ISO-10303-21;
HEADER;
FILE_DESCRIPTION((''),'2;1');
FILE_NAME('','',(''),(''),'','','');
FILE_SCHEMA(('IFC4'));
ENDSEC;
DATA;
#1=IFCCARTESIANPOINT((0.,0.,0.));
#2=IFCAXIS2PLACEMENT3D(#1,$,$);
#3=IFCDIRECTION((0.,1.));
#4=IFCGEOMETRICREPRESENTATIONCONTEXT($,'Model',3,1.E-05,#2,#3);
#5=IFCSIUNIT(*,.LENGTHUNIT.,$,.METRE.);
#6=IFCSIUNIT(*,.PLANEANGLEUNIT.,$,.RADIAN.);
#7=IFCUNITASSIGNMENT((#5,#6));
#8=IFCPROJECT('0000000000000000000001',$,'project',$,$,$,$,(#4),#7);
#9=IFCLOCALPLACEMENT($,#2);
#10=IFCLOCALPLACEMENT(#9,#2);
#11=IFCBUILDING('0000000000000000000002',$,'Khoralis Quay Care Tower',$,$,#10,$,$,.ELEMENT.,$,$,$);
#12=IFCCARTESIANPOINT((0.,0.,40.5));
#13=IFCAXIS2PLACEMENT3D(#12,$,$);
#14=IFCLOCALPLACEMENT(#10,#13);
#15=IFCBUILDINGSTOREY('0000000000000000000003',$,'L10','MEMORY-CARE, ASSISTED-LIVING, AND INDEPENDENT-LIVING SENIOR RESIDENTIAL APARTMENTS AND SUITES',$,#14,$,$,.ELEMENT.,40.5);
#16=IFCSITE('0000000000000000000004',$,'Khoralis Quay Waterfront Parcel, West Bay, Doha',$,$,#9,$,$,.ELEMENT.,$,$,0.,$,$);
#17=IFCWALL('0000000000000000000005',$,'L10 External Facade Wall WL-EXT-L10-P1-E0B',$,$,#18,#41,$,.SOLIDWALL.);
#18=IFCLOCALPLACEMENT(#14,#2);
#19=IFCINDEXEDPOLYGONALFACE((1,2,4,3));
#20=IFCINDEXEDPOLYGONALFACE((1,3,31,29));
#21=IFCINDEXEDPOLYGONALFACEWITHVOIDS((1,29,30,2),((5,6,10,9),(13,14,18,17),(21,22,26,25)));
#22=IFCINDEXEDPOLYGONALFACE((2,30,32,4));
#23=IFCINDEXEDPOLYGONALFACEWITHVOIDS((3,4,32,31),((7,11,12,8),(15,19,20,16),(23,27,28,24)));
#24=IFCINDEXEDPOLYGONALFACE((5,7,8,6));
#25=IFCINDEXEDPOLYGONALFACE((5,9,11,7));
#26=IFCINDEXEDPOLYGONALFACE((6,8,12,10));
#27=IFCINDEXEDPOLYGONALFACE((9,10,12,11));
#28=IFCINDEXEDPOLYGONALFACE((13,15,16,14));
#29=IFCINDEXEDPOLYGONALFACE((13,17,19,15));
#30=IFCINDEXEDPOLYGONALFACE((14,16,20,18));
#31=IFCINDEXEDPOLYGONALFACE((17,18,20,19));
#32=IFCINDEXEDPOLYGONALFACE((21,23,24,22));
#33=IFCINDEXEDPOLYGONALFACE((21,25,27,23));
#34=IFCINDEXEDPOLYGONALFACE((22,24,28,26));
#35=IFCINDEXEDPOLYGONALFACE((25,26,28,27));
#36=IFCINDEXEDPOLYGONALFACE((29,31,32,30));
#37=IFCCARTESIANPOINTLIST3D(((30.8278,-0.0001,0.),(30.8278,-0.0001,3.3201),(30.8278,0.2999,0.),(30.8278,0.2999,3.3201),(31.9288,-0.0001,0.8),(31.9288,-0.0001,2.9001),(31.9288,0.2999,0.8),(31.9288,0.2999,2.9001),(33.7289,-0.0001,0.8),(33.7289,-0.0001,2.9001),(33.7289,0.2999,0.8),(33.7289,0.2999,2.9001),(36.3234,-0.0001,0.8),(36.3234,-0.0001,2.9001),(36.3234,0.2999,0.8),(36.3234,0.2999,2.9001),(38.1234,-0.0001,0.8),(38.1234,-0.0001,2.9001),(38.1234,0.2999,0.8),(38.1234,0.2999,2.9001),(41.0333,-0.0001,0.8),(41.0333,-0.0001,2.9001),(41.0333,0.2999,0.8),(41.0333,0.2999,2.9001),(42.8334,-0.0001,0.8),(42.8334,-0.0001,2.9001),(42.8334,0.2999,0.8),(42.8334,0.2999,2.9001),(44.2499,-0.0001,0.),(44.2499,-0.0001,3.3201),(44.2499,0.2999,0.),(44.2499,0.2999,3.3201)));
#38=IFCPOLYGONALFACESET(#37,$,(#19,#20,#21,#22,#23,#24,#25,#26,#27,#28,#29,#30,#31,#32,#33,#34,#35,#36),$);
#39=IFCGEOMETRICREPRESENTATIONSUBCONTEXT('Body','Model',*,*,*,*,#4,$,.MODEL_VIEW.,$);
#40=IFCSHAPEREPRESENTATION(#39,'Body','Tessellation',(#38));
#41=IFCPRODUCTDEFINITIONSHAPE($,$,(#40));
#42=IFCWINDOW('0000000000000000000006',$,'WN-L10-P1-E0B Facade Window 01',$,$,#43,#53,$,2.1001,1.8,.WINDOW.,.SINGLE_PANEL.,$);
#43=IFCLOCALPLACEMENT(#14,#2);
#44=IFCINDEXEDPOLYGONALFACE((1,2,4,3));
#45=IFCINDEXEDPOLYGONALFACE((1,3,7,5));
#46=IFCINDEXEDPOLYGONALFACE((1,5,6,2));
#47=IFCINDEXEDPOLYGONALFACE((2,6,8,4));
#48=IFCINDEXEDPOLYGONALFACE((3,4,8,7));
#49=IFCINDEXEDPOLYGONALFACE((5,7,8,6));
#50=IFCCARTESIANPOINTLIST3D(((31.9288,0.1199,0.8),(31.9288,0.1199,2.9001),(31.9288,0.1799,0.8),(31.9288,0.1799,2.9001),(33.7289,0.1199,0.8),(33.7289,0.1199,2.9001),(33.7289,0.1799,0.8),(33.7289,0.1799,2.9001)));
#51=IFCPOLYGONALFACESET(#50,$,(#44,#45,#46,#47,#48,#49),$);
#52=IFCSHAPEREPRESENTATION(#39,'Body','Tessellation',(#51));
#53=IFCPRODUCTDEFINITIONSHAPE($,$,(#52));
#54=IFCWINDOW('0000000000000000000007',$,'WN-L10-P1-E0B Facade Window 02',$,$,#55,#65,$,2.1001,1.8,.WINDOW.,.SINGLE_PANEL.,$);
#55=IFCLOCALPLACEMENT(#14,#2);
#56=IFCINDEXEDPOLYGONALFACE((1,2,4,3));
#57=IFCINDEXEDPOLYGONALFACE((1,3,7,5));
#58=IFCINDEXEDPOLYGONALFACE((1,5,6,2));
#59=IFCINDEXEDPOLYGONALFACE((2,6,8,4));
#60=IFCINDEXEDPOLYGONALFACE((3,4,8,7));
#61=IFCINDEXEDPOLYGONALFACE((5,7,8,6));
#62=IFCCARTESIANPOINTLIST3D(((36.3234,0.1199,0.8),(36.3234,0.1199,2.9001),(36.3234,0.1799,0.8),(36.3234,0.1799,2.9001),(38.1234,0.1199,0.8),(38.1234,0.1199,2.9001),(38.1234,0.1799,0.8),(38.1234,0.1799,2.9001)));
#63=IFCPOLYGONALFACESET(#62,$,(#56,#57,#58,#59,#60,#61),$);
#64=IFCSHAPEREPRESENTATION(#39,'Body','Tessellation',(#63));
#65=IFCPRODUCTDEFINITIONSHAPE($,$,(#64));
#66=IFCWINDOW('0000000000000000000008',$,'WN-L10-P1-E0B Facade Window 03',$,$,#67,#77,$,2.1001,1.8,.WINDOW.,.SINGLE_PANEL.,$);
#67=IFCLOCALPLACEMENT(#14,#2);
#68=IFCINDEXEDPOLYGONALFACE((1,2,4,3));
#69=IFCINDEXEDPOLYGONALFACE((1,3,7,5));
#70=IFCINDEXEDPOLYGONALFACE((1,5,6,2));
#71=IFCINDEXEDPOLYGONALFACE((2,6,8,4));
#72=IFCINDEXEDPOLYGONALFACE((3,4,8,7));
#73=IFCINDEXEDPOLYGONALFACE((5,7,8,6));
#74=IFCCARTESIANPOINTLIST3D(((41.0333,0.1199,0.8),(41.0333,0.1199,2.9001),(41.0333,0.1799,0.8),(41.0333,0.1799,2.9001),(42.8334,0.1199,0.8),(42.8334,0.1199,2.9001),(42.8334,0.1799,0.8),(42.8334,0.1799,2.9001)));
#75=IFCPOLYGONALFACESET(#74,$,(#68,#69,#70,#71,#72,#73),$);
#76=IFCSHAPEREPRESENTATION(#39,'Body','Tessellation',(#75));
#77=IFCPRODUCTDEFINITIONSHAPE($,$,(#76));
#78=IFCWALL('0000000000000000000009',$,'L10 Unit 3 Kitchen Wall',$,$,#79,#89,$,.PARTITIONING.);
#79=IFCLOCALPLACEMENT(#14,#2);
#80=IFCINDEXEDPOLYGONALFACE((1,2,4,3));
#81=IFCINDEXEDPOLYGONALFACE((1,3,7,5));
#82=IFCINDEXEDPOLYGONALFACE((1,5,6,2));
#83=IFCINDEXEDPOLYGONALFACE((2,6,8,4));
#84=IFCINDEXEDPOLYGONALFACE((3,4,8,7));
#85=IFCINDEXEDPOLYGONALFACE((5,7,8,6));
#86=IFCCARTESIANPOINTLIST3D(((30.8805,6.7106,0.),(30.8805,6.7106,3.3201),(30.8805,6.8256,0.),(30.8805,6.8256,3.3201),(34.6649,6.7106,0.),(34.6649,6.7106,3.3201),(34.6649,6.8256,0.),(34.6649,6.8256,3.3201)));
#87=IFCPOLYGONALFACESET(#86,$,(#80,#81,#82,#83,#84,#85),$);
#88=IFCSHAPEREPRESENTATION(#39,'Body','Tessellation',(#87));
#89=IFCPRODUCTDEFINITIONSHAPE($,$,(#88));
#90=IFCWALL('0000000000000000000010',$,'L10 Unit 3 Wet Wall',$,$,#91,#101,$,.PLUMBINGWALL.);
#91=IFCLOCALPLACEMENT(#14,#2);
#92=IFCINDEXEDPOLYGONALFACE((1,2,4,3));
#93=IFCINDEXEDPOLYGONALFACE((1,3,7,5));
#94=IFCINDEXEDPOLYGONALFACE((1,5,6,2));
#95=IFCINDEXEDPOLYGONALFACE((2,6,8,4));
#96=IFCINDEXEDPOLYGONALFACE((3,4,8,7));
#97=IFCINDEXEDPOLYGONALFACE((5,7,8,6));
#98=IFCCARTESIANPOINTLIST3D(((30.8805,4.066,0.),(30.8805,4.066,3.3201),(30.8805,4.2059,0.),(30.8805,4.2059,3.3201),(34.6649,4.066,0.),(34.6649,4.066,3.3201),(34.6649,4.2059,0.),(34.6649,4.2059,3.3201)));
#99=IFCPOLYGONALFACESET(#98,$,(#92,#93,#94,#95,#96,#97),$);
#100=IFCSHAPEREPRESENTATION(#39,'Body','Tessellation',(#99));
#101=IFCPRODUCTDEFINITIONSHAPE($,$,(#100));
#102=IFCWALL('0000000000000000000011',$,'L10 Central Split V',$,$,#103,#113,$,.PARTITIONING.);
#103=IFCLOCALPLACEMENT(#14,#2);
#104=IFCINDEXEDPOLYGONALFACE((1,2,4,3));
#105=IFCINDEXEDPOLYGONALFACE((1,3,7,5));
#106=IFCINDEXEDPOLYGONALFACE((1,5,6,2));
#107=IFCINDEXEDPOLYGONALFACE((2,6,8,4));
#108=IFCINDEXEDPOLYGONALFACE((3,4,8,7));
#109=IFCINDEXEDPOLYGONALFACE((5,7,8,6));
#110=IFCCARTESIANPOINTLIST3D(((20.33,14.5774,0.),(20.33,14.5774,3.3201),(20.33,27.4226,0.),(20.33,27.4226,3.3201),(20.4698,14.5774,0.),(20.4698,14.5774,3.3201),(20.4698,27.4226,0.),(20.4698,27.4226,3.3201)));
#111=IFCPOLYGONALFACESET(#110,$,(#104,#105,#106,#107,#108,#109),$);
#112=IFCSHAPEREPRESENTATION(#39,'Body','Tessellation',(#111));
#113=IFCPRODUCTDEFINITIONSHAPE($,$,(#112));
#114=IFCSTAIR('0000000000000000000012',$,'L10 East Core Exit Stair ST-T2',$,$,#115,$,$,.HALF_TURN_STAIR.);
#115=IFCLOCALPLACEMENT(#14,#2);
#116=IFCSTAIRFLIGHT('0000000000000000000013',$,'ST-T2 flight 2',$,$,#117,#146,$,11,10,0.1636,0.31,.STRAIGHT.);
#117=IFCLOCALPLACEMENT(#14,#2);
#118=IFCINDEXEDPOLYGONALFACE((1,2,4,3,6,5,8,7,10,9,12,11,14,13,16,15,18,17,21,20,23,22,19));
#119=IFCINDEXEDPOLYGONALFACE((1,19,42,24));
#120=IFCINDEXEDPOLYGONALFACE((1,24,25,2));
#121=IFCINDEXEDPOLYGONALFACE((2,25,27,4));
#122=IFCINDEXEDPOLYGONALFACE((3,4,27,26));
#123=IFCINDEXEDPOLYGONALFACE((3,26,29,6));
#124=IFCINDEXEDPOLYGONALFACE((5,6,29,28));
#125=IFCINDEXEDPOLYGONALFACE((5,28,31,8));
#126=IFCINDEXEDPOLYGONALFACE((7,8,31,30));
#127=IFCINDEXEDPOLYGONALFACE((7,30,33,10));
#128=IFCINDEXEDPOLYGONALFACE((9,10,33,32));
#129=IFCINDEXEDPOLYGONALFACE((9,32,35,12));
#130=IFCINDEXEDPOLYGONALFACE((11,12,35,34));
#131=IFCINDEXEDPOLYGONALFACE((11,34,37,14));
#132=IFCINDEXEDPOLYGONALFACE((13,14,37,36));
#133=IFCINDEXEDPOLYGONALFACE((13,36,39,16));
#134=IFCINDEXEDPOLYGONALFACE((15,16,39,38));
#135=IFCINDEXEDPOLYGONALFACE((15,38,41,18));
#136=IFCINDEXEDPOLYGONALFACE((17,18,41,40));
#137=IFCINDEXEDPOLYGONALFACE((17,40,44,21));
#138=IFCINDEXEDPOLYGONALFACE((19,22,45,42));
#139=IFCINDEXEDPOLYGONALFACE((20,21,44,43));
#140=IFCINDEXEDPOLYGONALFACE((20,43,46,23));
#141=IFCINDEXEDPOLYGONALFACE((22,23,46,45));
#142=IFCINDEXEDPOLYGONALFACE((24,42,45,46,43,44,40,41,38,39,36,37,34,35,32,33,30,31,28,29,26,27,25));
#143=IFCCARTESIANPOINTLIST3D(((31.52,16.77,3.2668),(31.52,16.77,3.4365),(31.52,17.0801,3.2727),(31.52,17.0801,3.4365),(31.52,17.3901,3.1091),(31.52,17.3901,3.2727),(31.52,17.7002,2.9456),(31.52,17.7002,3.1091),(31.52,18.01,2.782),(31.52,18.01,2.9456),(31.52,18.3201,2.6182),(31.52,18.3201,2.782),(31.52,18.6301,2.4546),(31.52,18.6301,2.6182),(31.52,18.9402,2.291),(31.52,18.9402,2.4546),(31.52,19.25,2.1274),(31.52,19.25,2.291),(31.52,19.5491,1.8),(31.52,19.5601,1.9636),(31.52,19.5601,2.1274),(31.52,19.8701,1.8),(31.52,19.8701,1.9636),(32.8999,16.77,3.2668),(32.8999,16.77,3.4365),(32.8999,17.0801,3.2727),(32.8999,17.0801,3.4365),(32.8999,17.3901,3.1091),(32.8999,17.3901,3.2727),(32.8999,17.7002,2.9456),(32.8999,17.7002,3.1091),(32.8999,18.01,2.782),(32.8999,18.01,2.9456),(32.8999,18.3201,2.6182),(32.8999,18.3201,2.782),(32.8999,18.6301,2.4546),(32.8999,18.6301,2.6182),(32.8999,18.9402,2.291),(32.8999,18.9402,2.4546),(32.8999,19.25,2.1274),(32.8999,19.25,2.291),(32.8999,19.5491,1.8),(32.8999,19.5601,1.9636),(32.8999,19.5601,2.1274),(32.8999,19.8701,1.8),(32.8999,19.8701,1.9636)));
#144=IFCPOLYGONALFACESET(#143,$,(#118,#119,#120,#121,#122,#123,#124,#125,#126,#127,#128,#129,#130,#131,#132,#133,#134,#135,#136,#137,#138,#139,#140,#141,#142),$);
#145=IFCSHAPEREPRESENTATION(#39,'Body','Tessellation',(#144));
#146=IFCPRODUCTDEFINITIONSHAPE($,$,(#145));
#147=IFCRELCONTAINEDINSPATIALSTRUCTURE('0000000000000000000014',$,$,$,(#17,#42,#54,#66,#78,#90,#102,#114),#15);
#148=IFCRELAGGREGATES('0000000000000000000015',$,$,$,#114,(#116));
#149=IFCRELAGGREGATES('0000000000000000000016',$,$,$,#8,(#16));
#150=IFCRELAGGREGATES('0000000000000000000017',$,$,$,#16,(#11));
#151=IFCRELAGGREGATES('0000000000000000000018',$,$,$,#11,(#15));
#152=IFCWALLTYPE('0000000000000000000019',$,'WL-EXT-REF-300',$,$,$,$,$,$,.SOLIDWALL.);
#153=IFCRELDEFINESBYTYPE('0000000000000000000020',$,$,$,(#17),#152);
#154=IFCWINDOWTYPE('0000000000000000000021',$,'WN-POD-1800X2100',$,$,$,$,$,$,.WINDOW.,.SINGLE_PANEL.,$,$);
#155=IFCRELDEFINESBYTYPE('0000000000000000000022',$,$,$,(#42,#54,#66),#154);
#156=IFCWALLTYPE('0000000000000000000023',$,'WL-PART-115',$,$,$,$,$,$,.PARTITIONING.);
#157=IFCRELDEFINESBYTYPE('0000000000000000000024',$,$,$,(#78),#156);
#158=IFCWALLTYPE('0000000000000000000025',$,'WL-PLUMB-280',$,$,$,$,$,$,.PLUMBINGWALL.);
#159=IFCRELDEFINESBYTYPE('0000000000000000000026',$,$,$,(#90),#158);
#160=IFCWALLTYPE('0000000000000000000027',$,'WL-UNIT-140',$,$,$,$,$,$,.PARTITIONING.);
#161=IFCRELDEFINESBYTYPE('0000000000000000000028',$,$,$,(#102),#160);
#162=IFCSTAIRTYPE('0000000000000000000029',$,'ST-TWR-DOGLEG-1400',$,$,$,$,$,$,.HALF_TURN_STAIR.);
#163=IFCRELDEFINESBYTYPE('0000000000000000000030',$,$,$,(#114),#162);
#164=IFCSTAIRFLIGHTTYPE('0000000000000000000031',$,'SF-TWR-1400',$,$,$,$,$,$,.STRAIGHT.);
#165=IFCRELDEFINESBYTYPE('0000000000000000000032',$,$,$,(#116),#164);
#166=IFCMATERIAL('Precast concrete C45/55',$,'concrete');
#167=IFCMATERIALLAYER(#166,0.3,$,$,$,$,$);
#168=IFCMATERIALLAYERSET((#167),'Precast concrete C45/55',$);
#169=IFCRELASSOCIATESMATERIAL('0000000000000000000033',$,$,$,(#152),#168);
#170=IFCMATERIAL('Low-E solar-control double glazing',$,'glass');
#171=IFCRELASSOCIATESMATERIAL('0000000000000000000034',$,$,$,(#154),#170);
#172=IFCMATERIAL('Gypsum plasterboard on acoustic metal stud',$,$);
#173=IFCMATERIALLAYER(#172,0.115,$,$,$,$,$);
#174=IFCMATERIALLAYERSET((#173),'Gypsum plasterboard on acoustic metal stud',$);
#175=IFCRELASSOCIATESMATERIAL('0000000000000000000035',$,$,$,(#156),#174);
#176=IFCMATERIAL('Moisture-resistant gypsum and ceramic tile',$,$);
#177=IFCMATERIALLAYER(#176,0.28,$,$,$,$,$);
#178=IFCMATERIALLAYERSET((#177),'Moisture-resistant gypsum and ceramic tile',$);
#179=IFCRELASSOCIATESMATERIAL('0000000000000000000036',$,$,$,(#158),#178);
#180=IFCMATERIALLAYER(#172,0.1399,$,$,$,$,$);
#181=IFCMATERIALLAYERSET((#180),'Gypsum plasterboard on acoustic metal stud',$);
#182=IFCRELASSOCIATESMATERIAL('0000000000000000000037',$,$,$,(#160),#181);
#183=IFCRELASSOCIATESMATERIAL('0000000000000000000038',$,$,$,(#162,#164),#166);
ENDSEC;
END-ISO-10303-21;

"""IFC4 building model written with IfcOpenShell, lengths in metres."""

from ifc_helpers import new_model, si_unit, direction, frame, frame_2d, origin, place, context, subcontext, project, spatial, polyline, rectangle, outline, extrude, source, transform, mapped, material, layer, layer_set, type_object, element, fill, aggregate, save


model = new_model("IFC4")

# Units and contexts
model_context = context("Model", 3, precision=1e-05, world=origin(), true_north=direction((0.0, 1.0)))
body_context = subcontext(model_context, "Body", "Model", "MODEL_VIEW")
ifc_project = project(units=[si_unit("LENGTHUNIT", "METRE"), si_unit("PLANEANGLEUNIT", "RADIAN")], contexts=[model_context])

# Site, building, storey
site_placement = place(None, origin())
site = spatial("IfcSite", under=ifc_project, at=site_placement, Name="Khoralis Quay Waterfront Parcel, West Bay, Doha", CompositionType="ELEMENT", RefElevation=0.0)
building_placement = place(site_placement, origin())
building = spatial("IfcBuilding", under=site, at=building_placement, Name="Khoralis Quay Care Tower", CompositionType="ELEMENT")
storey_placement = place(building_placement, frame((0.0, 0.0, 40.5)))
storey = spatial("IfcBuildingStorey", under=building, at=storey_placement, Name="L10", Description="MEMORY-CARE, ASSISTED-LIVING, AND INDEPENDENT-LIVING SENIOR RESIDENTIAL APARTMENTS AND SUITES", CompositionType="ELEMENT", Elevation=40.5)

# Shared definitions
ifc_material_1 = material(Name="Low-E solar-control double glazing", Category="glass")

# Shared definitions
ifc_material_2 = material(Name="Gypsum plasterboard on acoustic metal stud")

# Wall, openings, windows
ifc_material_3 = material(Name="Precast concrete C45/55", Category="concrete")
ifc_layer_1 = layer(ifc_material_3, 0.3)
ifc_layer_set_1 = layer_set([ifc_layer_1], Name="Precast concrete C45/55")
wall_type_1 = type_object("IfcWallType", Name="WL-EXT-REF-300", PredefinedType="SOLIDWALL", material=ifc_layer_set_1)
wall_1_placement = place(storey_placement, frame((30.8279, 0.1499, 0.0), z_axis=(0.0, 0.0, 1.0), x_axis=(1.0, 0.0, 0.0)))
wall_1 = element("IfcWall", 1, at=wall_1_placement, inside=storey, type_object=wall_type_1, Name="L10 External Facade Wall WL-EXT-L10-P1-E0B", PredefinedType="SOLIDWALL", context=body_context, shape_type="SweptSolid", body=[
    extrude(rectangle(XDim=13.4221, YDim=0.3, at=frame_2d((6.7109, 0.0))), origin(), (0.0, 0.0, 1.0), 3.3201),
])
opening_1_placement = place(wall_1_placement, frame((1.1011, 0.0, 0.8)))
opening_1 = element("IfcOpeningElement", 2, at=opening_1_placement, cuts=wall_1, PredefinedType="OPENING", context=body_context, shape_type="SweptSolid", body=[
    extrude(rectangle(XDim=1.8, YDim=2.1001, at=frame_2d((0.8999, 1.05))), frame((0.0, 0.1602, 0.0), z_axis=(0.0, -1.0, 0.0), x_axis=(1.0, 0.0, 0.0)), (0.0, 0.0, 1.0), 0.3201),
])
opening_2_placement = place(wall_1_placement, frame((5.4956, 0.0, 0.8)))
opening_2 = element("IfcOpeningElement", 3, at=opening_2_placement, cuts=wall_1, PredefinedType="OPENING", context=body_context, shape_type="SweptSolid", body=[
    extrude(rectangle(XDim=1.8, YDim=2.1001, at=frame_2d((0.8999, 1.05))), frame((0.0, 0.1602, 0.0), z_axis=(0.0, -1.0, 0.0), x_axis=(1.0, 0.0, 0.0)), (0.0, 0.0, 1.0), 0.3201),
])
opening_3_placement = place(wall_1_placement, frame((10.2056, 0.0, 0.8)))
opening_3 = element("IfcOpeningElement", 4, at=opening_3_placement, cuts=wall_1, PredefinedType="OPENING", context=body_context, shape_type="SweptSolid", body=[
    extrude(rectangle(XDim=1.8, YDim=2.1001, at=frame_2d((0.8999, 1.05))), frame((0.0, 0.1602, 0.0), z_axis=(0.0, -1.0, 0.0), x_axis=(1.0, 0.0, 0.0)), (0.0, 0.0, 1.0), 0.3201),
])
window_type = type_object("IfcWindowType", Name="WN-POD-1800X2100", PartitioningType="SINGLE_PANEL", PredefinedType="WINDOW", material=ifc_material_1)
shared_shape_1 = source(origin(), body_context, "Body", "SweptSolid", [
    extrude(rectangle(XDim=1.8, YDim=2.1001, at=frame_2d((0.8999, 1.05))), frame((0.0, 0.03, 0.0), z_axis=(0.0, -1.0, 0.0), x_axis=(1.0, 0.0, 0.0)), (0.0, 0.0, 1.0), 0.0601),
])
window_1_placement = place(opening_1_placement, origin())
window_1 = element("IfcWindow", 5, at=window_1_placement, inside=storey, type_object=window_type, Name="WN-L10-P1-E0B Facade Window 01", OverallHeight=2.1001, OverallWidth=1.8, PartitioningType="SINGLE_PANEL", PredefinedType="WINDOW", context=body_context, shape_type="MappedRepresentation", body=[
    mapped(shared_shape_1, transform((0.0, 0.0, 0.0), scale=1.0)),
])
fill(opening_1, window_1)
window_2_placement = place(opening_2_placement, origin())
window_2 = element("IfcWindow", 6, at=window_2_placement, inside=storey, type_object=window_type, Name="WN-L10-P1-E0B Facade Window 02", OverallHeight=2.1001, OverallWidth=1.8, PartitioningType="SINGLE_PANEL", PredefinedType="WINDOW", context=body_context, shape_type="MappedRepresentation", body=[
    mapped(shared_shape_1, transform((0.0, 0.0, 0.0), scale=1.0)),
])
fill(opening_2, window_2)
window_3_placement = place(opening_3_placement, origin())
window_3 = element("IfcWindow", 7, at=window_3_placement, inside=storey, type_object=window_type, Name="WN-L10-P1-E0B Facade Window 03", OverallHeight=2.1001, OverallWidth=1.8, PartitioningType="SINGLE_PANEL", PredefinedType="WINDOW", context=body_context, shape_type="MappedRepresentation", body=[
    mapped(shared_shape_1, transform((0.0, 0.0, 0.0), scale=1.0)),
])
fill(opening_3, window_3)

# Walls
ifc_layer_2 = layer(ifc_material_2, 0.115)
ifc_layer_set_2 = layer_set([ifc_layer_2], Name="Gypsum plasterboard on acoustic metal stud")
wall_type_2 = type_object("IfcWallType", Name="WL-PART-115", PredefinedType="PARTITIONING", material=ifc_layer_set_2)
wall_2_placement = place(storey_placement, frame((30.8806, 6.7681, 0.0), z_axis=(0.0, 0.0, 1.0), x_axis=(1.0, 0.0, 0.0)))
element("IfcWall", 8, at=wall_2_placement, inside=storey, type_object=wall_type_2, Name="L10 Unit 3 Kitchen Wall", PredefinedType="PARTITIONING", context=body_context, shape_type="SweptSolid", body=[
    extrude(rectangle(XDim=3.7844, YDim=0.115, at=frame_2d((1.8921, 0.0))), origin(), (0.0, 0.0, 1.0), 3.3201),
])
ifc_material_4 = material(Name="Moisture-resistant gypsum and ceramic tile")
ifc_layer_3 = layer(ifc_material_4, 0.28)
ifc_layer_set_3 = layer_set([ifc_layer_3], Name="Moisture-resistant gypsum and ceramic tile")
wall_type_3 = type_object("IfcWallType", Name="WL-PLUMB-280", PredefinedType="PLUMBINGWALL", material=ifc_layer_set_3)
wall_3_placement = place(storey_placement, frame((30.8806, 4.136, 0.0), z_axis=(0.0, 0.0, 1.0), x_axis=(1.0, 0.0, 0.0)))
element("IfcWall", 9, at=wall_3_placement, inside=storey, type_object=wall_type_3, Name="L10 Unit 3 Wet Wall", PredefinedType="PLUMBINGWALL", context=body_context, shape_type="SweptSolid", body=[
    extrude(rectangle(XDim=3.7844, YDim=0.1399, at=frame_2d((1.8921, 0.0))), origin(), (0.0, 0.0, 1.0), 3.3201),
])
ifc_layer_4 = layer(ifc_material_2, 0.1399)
ifc_layer_set_4 = layer_set([ifc_layer_4], Name="Gypsum plasterboard on acoustic metal stud")
wall_type_4 = type_object("IfcWallType", Name="WL-UNIT-140", PredefinedType="PARTITIONING", material=ifc_layer_set_4)
wall_4_placement = place(storey_placement, frame((20.3999, 14.5774, 0.0), z_axis=(0.0, 0.0, 1.0), x_axis=(0.0, 1.0, 0.0)))
element("IfcWall", 10, at=wall_4_placement, inside=storey, type_object=wall_type_4, Name="L10 Central Split V", PredefinedType="PARTITIONING", context=body_context, shape_type="SweptSolid", body=[
    extrude(rectangle(XDim=12.8452, YDim=0.1399, at=frame_2d((6.4226, 0.0))), origin(), (0.0, 0.0, 1.0), 3.3201),
])

# Stair, stair flight
stair_type = type_object("IfcStairType", Name="ST-TWR-DOGLEG-1400", PredefinedType="HALF_TURN_STAIR", material=ifc_material_3)
stair_placement = place(storey_placement, origin())
stair = element("IfcStair", 11, at=stair_placement, inside=storey, type_object=stair_type, Name="L10 East Core Exit Stair ST-T2", PredefinedType="HALF_TURN_STAIR")
stair_flight_type = type_object("IfcStairFlightType", Name="SF-TWR-1400", PredefinedType="STRAIGHT", material=ifc_material_3)
shared_shape_2 = source(origin(), body_context, "Body", "SweptSolid", [
    extrude(outline(polyline([(0.0, 0.0), (0.0, 0.1636), (0.3101, 0.1636), (0.3101, 0.3274), (0.6201, 0.3274), (0.6201, 0.491), (0.9299, 0.491), (0.9299, 0.6545), (1.24, 0.6545), (1.24, 0.8181), (1.55, 0.8181), (1.55, 0.9819), (1.8601, 0.9819), (1.8601, 1.1455), (2.1699, 1.1455), (2.1699, 1.3091), (2.48, 1.3091), (2.48, 1.4727), (2.79, 1.4727), (2.79, 1.6365), (3.1001, 1.6365), (3.1001, 1.8), (3.1001, 1.4668), (0.321, 0.0), (0.0, 0.0)])), frame((0.0, 0.6899, 0.0), z_axis=(0.0, -1.0, 0.0), x_axis=(1.0, 0.0, 0.0)), (0.0, 0.0, 1.0), 1.3799),
])
stair_flight_placement = place(storey_placement, frame((32.21, 19.8701, 1.8), z_axis=(0.0, 0.0, 1.0), x_axis=(0.0, -1.0, 0.0)))
stair_flight = element("IfcStairFlight", 12, at=stair_flight_placement, type_object=stair_flight_type, Name="ST-T2 flight 2", NumberOfRisers=11, NumberOfTreads=10, PredefinedType="STRAIGHT", RiserHeight=0.1636, TreadLength=0.31, context=body_context, shape_type="MappedRepresentation", body=[
    mapped(shared_shape_2, transform((0.0, 0.0, 0.0), scale=1.0)),
])
aggregate(stair, [stair_flight])

save(model, "model.ifc")
